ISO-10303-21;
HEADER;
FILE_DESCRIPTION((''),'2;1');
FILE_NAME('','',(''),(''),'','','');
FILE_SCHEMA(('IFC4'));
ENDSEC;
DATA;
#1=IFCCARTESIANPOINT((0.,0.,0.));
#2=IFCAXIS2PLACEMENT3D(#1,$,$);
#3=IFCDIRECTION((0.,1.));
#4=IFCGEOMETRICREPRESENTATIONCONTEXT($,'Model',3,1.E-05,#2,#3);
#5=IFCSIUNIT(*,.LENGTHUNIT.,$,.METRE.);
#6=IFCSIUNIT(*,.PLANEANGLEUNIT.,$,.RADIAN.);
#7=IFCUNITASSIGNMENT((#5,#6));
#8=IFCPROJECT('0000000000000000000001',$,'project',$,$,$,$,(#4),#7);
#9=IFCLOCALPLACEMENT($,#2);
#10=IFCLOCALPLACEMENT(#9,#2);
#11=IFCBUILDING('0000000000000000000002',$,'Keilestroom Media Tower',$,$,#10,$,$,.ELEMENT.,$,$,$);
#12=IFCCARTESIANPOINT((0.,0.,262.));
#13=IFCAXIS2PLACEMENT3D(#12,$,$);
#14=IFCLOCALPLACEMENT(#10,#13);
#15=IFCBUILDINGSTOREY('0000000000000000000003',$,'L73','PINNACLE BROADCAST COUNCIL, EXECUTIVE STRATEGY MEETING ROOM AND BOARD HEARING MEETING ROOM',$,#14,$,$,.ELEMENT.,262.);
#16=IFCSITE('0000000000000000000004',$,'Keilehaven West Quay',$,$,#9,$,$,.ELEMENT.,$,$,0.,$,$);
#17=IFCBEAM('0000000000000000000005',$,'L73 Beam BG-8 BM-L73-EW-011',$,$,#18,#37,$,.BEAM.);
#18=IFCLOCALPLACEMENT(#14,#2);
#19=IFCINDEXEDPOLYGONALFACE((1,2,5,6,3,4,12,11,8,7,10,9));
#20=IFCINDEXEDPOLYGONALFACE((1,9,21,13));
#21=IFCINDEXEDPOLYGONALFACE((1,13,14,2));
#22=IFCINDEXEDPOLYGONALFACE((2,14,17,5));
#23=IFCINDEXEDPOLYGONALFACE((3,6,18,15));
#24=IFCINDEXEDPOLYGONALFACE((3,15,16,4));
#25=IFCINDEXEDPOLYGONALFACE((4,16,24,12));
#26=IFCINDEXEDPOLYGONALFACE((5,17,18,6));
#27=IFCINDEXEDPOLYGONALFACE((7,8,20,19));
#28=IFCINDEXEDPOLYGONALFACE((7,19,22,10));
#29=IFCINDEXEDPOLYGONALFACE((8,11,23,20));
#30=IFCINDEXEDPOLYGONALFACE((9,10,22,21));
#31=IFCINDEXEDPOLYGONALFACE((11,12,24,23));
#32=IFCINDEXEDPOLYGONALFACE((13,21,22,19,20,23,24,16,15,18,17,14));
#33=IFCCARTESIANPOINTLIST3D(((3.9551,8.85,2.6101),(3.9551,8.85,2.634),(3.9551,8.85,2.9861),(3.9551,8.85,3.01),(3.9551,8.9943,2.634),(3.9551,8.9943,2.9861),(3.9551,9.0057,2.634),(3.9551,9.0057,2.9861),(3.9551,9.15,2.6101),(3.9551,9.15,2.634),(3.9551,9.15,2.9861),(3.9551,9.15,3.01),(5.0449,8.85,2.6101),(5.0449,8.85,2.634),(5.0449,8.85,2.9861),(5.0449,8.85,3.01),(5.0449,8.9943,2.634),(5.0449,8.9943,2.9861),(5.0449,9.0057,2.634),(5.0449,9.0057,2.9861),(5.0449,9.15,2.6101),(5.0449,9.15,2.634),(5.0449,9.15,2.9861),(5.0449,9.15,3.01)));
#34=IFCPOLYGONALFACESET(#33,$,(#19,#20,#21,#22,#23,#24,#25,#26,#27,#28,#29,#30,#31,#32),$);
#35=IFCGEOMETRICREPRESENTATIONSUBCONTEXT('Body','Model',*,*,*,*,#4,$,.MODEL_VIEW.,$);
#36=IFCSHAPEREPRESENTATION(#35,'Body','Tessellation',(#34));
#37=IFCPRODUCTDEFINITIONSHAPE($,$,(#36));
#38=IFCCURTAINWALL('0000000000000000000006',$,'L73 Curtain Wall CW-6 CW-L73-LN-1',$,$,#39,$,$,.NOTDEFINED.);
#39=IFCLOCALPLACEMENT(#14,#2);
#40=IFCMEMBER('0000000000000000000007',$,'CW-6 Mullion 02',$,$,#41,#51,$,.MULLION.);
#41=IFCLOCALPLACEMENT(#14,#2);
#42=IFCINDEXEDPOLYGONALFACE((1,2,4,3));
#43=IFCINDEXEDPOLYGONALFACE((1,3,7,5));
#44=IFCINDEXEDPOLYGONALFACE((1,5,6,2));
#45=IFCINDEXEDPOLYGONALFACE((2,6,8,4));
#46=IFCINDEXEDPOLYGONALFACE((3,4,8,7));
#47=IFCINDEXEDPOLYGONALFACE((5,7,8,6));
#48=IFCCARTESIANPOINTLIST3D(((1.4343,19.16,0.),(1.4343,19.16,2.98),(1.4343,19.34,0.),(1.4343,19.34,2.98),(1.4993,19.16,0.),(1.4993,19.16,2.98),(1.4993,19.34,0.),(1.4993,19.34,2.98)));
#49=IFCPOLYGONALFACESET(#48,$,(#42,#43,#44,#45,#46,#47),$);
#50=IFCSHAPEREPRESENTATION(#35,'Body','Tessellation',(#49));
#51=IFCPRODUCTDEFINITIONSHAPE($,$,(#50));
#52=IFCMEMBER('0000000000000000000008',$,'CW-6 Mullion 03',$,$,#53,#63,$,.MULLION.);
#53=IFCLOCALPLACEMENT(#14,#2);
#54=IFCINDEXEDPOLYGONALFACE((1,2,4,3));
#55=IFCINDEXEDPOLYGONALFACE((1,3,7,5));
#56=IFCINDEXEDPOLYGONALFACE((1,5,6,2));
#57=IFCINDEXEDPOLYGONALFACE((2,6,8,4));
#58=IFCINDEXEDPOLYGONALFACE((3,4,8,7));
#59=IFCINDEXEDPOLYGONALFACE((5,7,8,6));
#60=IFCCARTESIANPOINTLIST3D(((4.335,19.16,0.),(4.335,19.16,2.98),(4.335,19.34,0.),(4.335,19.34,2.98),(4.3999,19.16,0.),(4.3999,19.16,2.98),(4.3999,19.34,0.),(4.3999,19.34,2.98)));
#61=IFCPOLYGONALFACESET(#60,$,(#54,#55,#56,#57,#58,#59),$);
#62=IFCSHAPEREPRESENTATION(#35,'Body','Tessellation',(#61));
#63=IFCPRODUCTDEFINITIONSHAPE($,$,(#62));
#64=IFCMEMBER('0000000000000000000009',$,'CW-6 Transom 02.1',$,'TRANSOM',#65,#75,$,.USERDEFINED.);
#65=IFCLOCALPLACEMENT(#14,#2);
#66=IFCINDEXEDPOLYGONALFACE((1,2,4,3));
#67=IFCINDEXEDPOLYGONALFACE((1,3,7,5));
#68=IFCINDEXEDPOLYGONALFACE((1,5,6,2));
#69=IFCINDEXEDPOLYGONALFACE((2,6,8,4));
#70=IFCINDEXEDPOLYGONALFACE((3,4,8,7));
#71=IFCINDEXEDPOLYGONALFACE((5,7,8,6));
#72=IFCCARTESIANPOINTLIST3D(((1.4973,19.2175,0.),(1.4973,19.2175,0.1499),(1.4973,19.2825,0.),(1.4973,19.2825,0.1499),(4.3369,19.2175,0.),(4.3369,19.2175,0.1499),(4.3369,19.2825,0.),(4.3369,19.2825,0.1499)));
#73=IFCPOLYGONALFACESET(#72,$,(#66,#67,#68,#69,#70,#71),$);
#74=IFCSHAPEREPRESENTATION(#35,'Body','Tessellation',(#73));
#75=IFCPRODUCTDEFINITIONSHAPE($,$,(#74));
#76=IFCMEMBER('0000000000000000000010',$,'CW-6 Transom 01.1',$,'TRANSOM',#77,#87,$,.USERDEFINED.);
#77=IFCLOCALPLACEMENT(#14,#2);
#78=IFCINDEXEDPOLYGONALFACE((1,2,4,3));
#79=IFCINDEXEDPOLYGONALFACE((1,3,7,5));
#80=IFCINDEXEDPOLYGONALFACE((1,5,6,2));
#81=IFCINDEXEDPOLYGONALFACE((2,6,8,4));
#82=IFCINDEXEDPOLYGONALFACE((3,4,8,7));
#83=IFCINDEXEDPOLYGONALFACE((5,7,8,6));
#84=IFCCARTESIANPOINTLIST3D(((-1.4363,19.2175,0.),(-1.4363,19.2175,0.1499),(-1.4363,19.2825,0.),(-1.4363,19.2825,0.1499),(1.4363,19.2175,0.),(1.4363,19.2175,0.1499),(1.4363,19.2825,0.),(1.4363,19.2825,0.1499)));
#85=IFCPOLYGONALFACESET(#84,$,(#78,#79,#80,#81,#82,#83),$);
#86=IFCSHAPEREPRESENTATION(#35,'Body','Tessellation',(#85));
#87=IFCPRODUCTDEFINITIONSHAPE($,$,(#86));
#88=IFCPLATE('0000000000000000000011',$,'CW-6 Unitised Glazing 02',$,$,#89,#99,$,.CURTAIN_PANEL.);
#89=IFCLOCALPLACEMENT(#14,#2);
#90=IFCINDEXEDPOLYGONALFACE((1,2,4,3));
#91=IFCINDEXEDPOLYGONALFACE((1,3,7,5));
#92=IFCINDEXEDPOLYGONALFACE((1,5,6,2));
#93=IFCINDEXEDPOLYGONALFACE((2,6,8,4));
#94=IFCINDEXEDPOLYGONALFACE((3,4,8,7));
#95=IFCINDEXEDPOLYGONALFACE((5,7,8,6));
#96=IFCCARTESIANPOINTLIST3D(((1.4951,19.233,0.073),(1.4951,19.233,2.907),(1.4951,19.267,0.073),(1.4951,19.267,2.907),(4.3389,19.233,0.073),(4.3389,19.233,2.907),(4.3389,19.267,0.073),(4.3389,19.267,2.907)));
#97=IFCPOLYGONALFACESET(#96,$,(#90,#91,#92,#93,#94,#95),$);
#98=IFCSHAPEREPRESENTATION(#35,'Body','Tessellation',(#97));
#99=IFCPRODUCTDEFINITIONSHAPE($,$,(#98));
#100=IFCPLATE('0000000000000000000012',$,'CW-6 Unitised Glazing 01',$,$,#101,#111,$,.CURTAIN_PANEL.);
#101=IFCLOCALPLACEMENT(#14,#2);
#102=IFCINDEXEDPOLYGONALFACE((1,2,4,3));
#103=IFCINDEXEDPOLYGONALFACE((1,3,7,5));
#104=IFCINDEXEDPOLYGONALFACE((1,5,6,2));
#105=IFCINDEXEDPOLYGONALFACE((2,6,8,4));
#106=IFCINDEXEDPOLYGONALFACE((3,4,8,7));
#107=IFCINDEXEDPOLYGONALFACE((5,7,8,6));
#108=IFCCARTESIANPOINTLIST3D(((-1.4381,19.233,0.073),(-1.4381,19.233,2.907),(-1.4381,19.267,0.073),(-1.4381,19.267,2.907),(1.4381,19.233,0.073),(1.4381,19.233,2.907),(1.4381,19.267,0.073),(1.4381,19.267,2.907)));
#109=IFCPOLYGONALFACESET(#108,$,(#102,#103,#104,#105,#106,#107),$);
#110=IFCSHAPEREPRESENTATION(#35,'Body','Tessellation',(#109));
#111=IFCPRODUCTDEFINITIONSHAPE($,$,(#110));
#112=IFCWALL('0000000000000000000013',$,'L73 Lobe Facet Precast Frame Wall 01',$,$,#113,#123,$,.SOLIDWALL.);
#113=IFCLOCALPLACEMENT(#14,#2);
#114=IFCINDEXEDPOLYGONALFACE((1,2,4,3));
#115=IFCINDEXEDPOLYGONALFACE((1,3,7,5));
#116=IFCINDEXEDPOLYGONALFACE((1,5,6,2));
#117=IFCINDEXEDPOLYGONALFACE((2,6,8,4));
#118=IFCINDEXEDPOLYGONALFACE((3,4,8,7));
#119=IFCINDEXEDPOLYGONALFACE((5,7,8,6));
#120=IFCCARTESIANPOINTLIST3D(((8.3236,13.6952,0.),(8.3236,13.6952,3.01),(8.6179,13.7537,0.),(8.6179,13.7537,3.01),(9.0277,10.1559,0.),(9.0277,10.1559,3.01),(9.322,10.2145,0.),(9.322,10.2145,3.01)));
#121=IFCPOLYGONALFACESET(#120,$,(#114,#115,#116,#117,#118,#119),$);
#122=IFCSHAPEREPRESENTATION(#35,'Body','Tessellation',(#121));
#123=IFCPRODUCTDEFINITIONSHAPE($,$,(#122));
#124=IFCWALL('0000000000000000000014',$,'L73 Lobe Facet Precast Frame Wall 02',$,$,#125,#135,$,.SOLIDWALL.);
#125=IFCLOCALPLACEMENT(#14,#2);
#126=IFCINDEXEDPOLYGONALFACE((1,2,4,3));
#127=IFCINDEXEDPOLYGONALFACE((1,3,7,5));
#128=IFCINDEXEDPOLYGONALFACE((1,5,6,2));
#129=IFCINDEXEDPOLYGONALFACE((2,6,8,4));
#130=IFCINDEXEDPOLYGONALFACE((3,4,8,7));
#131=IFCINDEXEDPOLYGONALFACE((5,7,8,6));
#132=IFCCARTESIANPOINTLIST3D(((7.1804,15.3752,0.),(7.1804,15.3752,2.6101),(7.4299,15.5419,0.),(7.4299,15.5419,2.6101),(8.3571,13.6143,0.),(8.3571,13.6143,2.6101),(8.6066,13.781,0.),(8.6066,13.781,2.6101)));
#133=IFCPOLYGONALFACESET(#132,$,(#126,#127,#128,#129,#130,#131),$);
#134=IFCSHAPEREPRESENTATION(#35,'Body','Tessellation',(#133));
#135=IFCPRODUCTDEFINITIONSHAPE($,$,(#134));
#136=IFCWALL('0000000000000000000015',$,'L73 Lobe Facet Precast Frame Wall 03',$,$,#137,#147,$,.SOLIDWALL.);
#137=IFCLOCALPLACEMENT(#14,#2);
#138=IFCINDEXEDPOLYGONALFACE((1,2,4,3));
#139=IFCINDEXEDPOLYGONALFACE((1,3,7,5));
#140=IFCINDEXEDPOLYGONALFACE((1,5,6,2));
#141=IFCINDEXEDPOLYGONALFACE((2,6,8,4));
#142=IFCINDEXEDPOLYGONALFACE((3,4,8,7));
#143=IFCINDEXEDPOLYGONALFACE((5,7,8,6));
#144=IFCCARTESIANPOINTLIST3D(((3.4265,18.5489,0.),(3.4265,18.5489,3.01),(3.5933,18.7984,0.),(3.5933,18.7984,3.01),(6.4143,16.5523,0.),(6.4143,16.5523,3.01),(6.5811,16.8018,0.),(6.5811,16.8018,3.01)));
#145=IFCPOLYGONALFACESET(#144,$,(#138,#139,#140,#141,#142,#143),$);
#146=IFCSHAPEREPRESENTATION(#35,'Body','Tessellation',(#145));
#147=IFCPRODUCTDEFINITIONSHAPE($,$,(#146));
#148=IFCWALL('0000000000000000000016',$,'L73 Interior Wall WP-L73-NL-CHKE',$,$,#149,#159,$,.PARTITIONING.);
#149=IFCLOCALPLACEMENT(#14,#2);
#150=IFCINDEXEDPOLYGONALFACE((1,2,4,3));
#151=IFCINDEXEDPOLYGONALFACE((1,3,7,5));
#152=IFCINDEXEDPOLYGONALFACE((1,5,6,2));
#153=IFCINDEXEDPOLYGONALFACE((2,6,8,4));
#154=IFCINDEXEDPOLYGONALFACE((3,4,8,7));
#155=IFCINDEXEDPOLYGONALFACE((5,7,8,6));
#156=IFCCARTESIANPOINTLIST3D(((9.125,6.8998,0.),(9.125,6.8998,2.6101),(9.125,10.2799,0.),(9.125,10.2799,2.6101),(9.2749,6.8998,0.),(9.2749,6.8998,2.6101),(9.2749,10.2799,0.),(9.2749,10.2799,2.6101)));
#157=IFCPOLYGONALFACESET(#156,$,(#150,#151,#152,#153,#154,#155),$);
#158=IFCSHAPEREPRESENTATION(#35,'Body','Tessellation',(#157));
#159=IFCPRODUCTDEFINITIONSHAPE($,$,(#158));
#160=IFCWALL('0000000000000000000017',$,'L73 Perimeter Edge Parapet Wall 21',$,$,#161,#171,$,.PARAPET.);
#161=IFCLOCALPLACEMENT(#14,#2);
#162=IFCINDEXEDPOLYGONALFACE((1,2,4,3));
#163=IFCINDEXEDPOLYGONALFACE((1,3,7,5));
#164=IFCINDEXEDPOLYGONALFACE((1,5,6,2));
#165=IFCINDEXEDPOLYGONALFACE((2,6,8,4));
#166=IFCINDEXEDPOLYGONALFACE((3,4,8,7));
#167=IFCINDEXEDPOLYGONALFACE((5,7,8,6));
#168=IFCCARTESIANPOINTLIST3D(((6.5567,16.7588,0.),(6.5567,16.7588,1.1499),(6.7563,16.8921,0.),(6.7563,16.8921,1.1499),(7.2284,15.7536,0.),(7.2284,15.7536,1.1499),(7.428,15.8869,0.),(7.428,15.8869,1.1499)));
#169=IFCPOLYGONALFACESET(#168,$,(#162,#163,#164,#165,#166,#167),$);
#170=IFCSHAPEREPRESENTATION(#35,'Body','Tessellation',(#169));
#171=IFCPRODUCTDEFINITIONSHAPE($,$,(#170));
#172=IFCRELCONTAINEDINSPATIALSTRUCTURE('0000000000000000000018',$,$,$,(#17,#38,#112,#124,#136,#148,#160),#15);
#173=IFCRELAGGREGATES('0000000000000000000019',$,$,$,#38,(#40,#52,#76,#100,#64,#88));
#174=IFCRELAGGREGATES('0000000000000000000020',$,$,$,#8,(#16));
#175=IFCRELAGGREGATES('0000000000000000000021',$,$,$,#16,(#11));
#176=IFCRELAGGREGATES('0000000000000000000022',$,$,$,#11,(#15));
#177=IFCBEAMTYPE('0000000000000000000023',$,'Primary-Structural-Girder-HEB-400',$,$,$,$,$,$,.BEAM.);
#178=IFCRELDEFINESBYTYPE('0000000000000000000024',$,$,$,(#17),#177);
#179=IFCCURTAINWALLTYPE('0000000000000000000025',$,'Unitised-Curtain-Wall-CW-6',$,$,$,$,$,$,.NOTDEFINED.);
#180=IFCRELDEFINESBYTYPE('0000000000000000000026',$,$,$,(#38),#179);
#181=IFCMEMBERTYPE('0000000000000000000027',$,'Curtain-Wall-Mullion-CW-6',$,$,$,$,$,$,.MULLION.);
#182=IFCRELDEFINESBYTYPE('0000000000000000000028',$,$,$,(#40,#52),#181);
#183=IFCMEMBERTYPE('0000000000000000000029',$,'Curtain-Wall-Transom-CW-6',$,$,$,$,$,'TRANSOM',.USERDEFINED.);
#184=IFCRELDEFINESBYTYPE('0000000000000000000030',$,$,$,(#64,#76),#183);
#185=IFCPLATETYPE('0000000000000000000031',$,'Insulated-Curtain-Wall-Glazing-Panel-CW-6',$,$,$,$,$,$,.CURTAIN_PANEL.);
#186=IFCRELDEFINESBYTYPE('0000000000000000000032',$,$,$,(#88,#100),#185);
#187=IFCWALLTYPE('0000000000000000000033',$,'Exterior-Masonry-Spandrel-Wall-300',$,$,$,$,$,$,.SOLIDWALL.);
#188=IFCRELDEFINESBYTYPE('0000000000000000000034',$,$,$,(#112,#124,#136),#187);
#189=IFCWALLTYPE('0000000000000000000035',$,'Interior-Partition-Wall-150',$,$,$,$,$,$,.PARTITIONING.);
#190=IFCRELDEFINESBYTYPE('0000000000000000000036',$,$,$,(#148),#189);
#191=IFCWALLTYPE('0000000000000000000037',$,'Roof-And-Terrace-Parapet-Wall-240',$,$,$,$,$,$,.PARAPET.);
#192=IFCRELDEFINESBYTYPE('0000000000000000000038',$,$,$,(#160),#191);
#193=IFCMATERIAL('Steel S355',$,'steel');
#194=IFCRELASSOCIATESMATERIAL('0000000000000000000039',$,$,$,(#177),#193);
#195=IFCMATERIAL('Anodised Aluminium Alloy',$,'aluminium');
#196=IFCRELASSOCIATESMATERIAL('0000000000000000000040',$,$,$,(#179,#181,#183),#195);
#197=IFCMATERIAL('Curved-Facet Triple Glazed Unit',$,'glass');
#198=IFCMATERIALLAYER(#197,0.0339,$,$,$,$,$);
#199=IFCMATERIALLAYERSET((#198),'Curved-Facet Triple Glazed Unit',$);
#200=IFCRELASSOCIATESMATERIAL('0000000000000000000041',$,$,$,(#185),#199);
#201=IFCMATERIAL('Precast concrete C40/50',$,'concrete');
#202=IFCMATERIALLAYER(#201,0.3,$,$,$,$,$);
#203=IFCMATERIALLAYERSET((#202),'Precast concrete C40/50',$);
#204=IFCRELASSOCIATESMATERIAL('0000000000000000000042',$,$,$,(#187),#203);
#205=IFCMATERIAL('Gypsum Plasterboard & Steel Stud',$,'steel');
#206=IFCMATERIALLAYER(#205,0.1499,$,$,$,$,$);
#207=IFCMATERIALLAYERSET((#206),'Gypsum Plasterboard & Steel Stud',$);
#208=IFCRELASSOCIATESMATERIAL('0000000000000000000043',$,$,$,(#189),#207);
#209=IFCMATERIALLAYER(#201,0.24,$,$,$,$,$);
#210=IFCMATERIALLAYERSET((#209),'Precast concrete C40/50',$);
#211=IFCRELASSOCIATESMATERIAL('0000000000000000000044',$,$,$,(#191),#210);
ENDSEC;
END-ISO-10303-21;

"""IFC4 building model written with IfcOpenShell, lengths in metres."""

from ifc_helpers import new_model, si_unit, direction, frame, frame_2d, origin, origin_2d, place, context, subcontext, project, spatial, rectangle, i_section, extrude, source, transform, mapped, material, layer, layer_set, material_profile, profile_set, type_object, element, aggregate, save


model = new_model("IFC4")

# Units and contexts
model_context = context("Model", 3, precision=1e-05, world=origin(), true_north=direction((0.0, 1.0)))
body_context = subcontext(model_context, "Body", "Model", "MODEL_VIEW")
ifc_project = project(units=[si_unit("LENGTHUNIT", "METRE"), si_unit("PLANEANGLEUNIT", "RADIAN")], contexts=[model_context])

# Site, building, storey
site_placement = place(None, origin())
site = spatial("IfcSite", under=ifc_project, at=site_placement, Name="Keilehaven West Quay", CompositionType="ELEMENT", RefElevation=0.0)
building_placement = place(site_placement, origin())
building = spatial("IfcBuilding", under=site, at=building_placement, Name="Keilestroom Media Tower", CompositionType="ELEMENT")
storey_placement = place(building_placement, frame((0.0, 0.0, 262.0)))
storey = spatial("IfcBuildingStorey", under=building, at=storey_placement, Name="L73", Description="PINNACLE BROADCAST COUNCIL, EXECUTIVE STRATEGY MEETING ROOM AND BOARD HEARING MEETING ROOM", CompositionType="ELEMENT", Elevation=262.0)

# Shared definitions
ifc_material_1 = material(Name="Steel S355", Category="steel")

# Beam
ifc_material_profile_1 = material_profile(ifc_material_1, i_section(OverallWidth=0.3, OverallDepth=0.3999, WebThickness=0.0115, FlangeThickness=0.0239, at=origin_2d()), Name="HEB 400")
ifc_profile_set_1 = profile_set([ifc_material_profile_1], Name="Steel S355")
beam_type = type_object("IfcBeamType", Name="Primary-Structural-Girder-HEB-400", PredefinedType="BEAM", material=ifc_profile_set_1)
shared_shape_1 = source(origin(), body_context, "Body", "SweptSolid", [
    extrude(i_section(OverallWidth=0.3, OverallDepth=0.3999, WebThickness=0.0115, FlangeThickness=0.0239, at=origin_2d()), origin(), (0.0, 0.0, 1.0), 1.0898),
])
beam_1_placement = place(storey_placement, frame((3.9551, 9.0, 2.8101), z_axis=(1.0, 0.0, 0.0), x_axis=(0.0, 1.0, 0.0)))
element("IfcBeam", 1, at=beam_1_placement, inside=storey, type_object=beam_type, Name="L73 Beam BG-8 BM-L73-EW-011", PredefinedType="BEAM", context=body_context, shape_type="MappedRepresentation", body=[
    mapped(shared_shape_1, transform((0.0, 0.0, 0.0), x_axis=(1.0, 0.0, 0.0), y_axis=(0.0, 1.0, 0.0), z_axis=(0.0, 0.0, 1.0), scale=1.0)),
])

# Curtain wall, members, plates
ifc_material_2 = material(Name="Anodised Aluminium Alloy", Category="aluminium")
curtain_wall_type = type_object("IfcCurtainWallType", Name="Unitised-Curtain-Wall-CW-6", PredefinedType="NOTDEFINED", material=ifc_material_2)
curtain_wall_placement = place(storey_placement, origin())
curtain_wall = element("IfcCurtainWall", 2, at=curtain_wall_placement, inside=storey, type_object=curtain_wall_type, Name="L73 Curtain Wall CW-6 CW-L73-LN-1", PredefinedType="NOTDEFINED")
ifc_material_profile_2 = material_profile(ifc_material_2, rectangle(XDim=0.0649, YDim=0.1799, at=origin_2d()), Name="ALU MULLION 65x180")
ifc_profile_set_2 = profile_set([ifc_material_profile_2], Name="Anodised Aluminium Alloy")
member_type_1 = type_object("IfcMemberType", Name="Curtain-Wall-Mullion-CW-6", PredefinedType="MULLION", material=ifc_profile_set_2)
shared_shape_2 = source(origin(), body_context, "Body", "SweptSolid", [
    extrude(rectangle(XDim=0.0649, YDim=0.1799, at=origin_2d()), origin(), (0.0, 0.0, 1.0), 2.98),
])
member_1_placement = place(storey_placement, frame((1.4668, 19.25, 0.0), z_axis=(0.0, 0.0, 1.0), x_axis=(1.0, 0.0, 0.0)))
member_1 = element("IfcMember", 3, at=member_1_placement, type_object=member_type_1, Name="CW-6 Mullion 02", PredefinedType="MULLION", context=body_context, shape_type="MappedRepresentation", body=[
    mapped(shared_shape_2, transform((0.0, 0.0, 0.0), x_axis=(1.0, 0.0, 0.0), y_axis=(0.0, 1.0, 0.0), z_axis=(0.0, 0.0, 1.0), scale=1.0)),
])
member_2_placement = place(storey_placement, frame((4.3674, 19.25, 0.0), z_axis=(0.0, 0.0, 1.0), x_axis=(1.0, 0.0, 0.0)))
member_2 = element("IfcMember", 4, at=member_2_placement, type_object=member_type_1, Name="CW-6 Mullion 03", PredefinedType="MULLION", context=body_context, shape_type="MappedRepresentation", body=[
    mapped(shared_shape_2, transform((0.0, 0.0, 0.0), x_axis=(1.0, 0.0, 0.0), y_axis=(0.0, 1.0, 0.0), z_axis=(0.0, 0.0, 1.0), scale=1.0)),
])
ifc_material_profile_3 = material_profile(ifc_material_2, rectangle(XDim=0.0649, YDim=0.1499, at=origin_2d()), Name="ALU TRANSOM 65x150")
ifc_profile_set_3 = profile_set([ifc_material_profile_3], Name="Anodised Aluminium Alloy")
member_type_2 = type_object("IfcMemberType", Name="Curtain-Wall-Transom-CW-6", ElementType="TRANSOM", PredefinedType="USERDEFINED", material=ifc_profile_set_3)
shared_shape_3 = source(origin(), body_context, "Body", "SweptSolid", [
    extrude(rectangle(XDim=0.0649, YDim=0.1499, at=origin_2d()), origin(), (0.0, 0.0, 1.0), 2.8396),
])
member_3_placement = place(storey_placement, frame((1.4973, 19.25, 0.075), z_axis=(1.0, 0.0, 0.0), x_axis=(0.0, 1.0, 0.0)))
member_3 = element("IfcMember", 5, at=member_3_placement, type_object=member_type_2, Name="CW-6 Transom 02.1", ObjectType="TRANSOM", PredefinedType="USERDEFINED", context=body_context, shape_type="MappedRepresentation", body=[
    mapped(shared_shape_3, transform((0.0, 0.0, 0.0), x_axis=(1.0, 0.0, 0.0), y_axis=(0.0, 1.0, 0.0), z_axis=(0.0, 0.0, 1.0), scale=1.0)),
])
shared_shape_4 = source(origin(), body_context, "Body", "SweptSolid", [
    extrude(rectangle(XDim=0.0649, YDim=0.1499, at=origin_2d()), origin(), (0.0, 0.0, 1.0), 2.8726),
])
member_4_placement = place(storey_placement, frame((-1.4363, 19.25, 0.075), z_axis=(1.0, 0.0, 0.0), x_axis=(0.0, 1.0, 0.0)))
member_4 = element("IfcMember", 6, at=member_4_placement, type_object=member_type_2, Name="CW-6 Transom 01.1", ObjectType="TRANSOM", PredefinedType="USERDEFINED", context=body_context, shape_type="MappedRepresentation", body=[
    mapped(shared_shape_4, transform((0.0, 0.0, 0.0), x_axis=(1.0, 0.0, 0.0), y_axis=(0.0, 1.0, 0.0), z_axis=(0.0, 0.0, 1.0), scale=1.0)),
])
ifc_material_3 = material(Name="Curved-Facet Triple Glazed Unit", Category="glass")
ifc_layer_1 = layer(ifc_material_3, 0.0339)
ifc_layer_set_1 = layer_set([ifc_layer_1], Name="Curved-Facet Triple Glazed Unit")
plate_type = type_object("IfcPlateType", Name="Insulated-Curtain-Wall-Glazing-Panel-CW-6", PredefinedType="CURTAIN_PANEL", material=ifc_layer_set_1)
shared_shape_5 = source(origin(), body_context, "Body", "SweptSolid", [
    extrude(rectangle(XDim=2.8438, YDim=0.0339, at=origin_2d()), origin(), (0.0, 0.0, 1.0), 2.834),
])
plate_1_placement = place(storey_placement, frame((2.917, 19.25, 0.073), z_axis=(0.0, 0.0, 1.0), x_axis=(1.0, 0.0, 0.0)))
plate_1 = element("IfcPlate", 7, at=plate_1_placement, type_object=plate_type, Name="CW-6 Unitised Glazing 02", PredefinedType="CURTAIN_PANEL", context=body_context, shape_type="MappedRepresentation", body=[
    mapped(shared_shape_5, transform((0.0, 0.0, 0.0), x_axis=(1.0, 0.0, 0.0), y_axis=(0.0, 1.0, 0.0), z_axis=(0.0, 0.0, 1.0), scale=1.0)),
])
shared_shape_6 = source(origin(), body_context, "Body", "SweptSolid", [
    extrude(rectangle(XDim=2.8762, YDim=0.0339, at=origin_2d()), origin(), (0.0, 0.0, 1.0), 2.834),
])
plate_2_placement = place(storey_placement, frame((0.0, 19.25, 0.073), z_axis=(0.0, 0.0, 1.0), x_axis=(1.0, 0.0, 0.0)))
plate_2 = element("IfcPlate", 8, at=plate_2_placement, type_object=plate_type, Name="CW-6 Unitised Glazing 01", PredefinedType="CURTAIN_PANEL", context=body_context, shape_type="MappedRepresentation", body=[
    mapped(shared_shape_6, transform((0.0, 0.0, 0.0), x_axis=(1.0, 0.0, 0.0), y_axis=(0.0, 1.0, 0.0), z_axis=(0.0, 0.0, 1.0), scale=1.0)),
])
aggregate(curtain_wall, [member_1, member_2, member_4, plate_2, member_3, plate_1])

# Walls
ifc_material_4 = material(Name="Precast concrete C40/50", Category="concrete")
ifc_layer_2 = layer(ifc_material_4, 0.3)
ifc_layer_set_2 = layer_set([ifc_layer_2], Name="Precast concrete C40/50")
wall_type_1 = type_object("IfcWallType", Name="Exterior-Masonry-Spandrel-Wall-300", PredefinedType="SOLIDWALL", material=ifc_layer_set_2)
wall_1_placement = place(storey_placement, frame((9.1748, 10.1853, 0.0), z_axis=(0.0, 0.0, 1.0), x_axis=(-0.195114, 0.980781, 0.0)))
element("IfcWall", 9, at=wall_1_placement, inside=storey, type_object=wall_type_1, Name="L73 Lobe Facet Precast Frame Wall 01", PredefinedType="SOLIDWALL", context=body_context, shape_type="SweptSolid", body=[
    extrude(rectangle(XDim=3.6086, YDim=0.3, at=frame_2d((1.8042, 0.0))), origin(), (0.0, 0.0, 1.0), 3.01),
])
wall_2_placement = place(storey_placement, frame((8.4819, 13.6975, 0.0), z_axis=(0.0, 0.0, 1.0), x_axis=(-0.555604, 0.831447, 0.0)))
element("IfcWall", 10, at=wall_2_placement, inside=storey, type_object=wall_type_1, Name="L73 Lobe Facet Precast Frame Wall 02", PredefinedType="SOLIDWALL", context=body_context, shape_type="SweptSolid", body=[
    extrude(rectangle(XDim=2.1179, YDim=0.3, at=frame_2d((1.0591, 0.0))), origin(), (0.0, 0.0, 1.0), 2.6101),
])
wall_3_placement = place(storey_placement, frame((6.4978, 16.677, 0.0), z_axis=(0.0, 0.0, 1.0), x_axis=(-0.831444, 0.555609, 0.0)))
element("IfcWall", 11, at=wall_3_placement, inside=storey, type_object=wall_type_1, Name="L73 Lobe Facet Precast Frame Wall 03", PredefinedType="SOLIDWALL", context=body_context, shape_type="SweptSolid", body=[
    extrude(rectangle(XDim=3.5935, YDim=0.3, at=frame_2d((1.7969, 0.0))), origin(), (0.0, 0.0, 1.0), 3.01),
])
ifc_material_5 = material(Name="Gypsum Plasterboard & Steel Stud", Category="steel")
ifc_layer_3 = layer(ifc_material_5, 0.1499)
ifc_layer_set_3 = layer_set([ifc_layer_3], Name="Gypsum Plasterboard & Steel Stud")
wall_type_2 = type_object("IfcWallType", Name="Interior-Partition-Wall-150", PredefinedType="PARTITIONING", material=ifc_layer_set_3)
wall_4_placement = place(storey_placement, frame((9.2, 6.8999, 0.0), z_axis=(0.0, 0.0, 1.0), x_axis=(0.0, 1.0, 0.0)))
element("IfcWall", 12, at=wall_4_placement, inside=storey, type_object=wall_type_2, Name="L73 Interior Wall WP-L73-NL-CHKE", PredefinedType="PARTITIONING", context=body_context, shape_type="SweptSolid", body=[
    extrude(rectangle(XDim=3.3801, YDim=0.1499, at=frame_2d((1.6899, 0.0))), origin(), (0.0, 0.0, 1.0), 2.6101),
])
ifc_layer_4 = layer(ifc_material_4, 0.24)
ifc_layer_set_4 = layer_set([ifc_layer_4], Name="Precast concrete C40/50")
wall_type_3 = type_object("IfcWallType", Name="Roof-And-Terrace-Parapet-Wall-240", PredefinedType="PARAPET", material=ifc_layer_set_4)
wall_5_placement = place(storey_placement, frame((6.6565, 16.8254, 0.0), z_axis=(0.0, 0.0, 1.0), x_axis=(0.555585, -0.831459, 0.0)))
element("IfcWall", 13, at=wall_5_placement, inside=storey, type_object=wall_type_3, Name="L73 Perimeter Edge Parapet Wall 21", PredefinedType="PARAPET", context=body_context, shape_type="SweptSolid", body=[
    extrude(rectangle(XDim=1.209, YDim=0.24, at=frame_2d((0.6045, 0.0))), origin(), (0.0, 0.0, 1.0), 1.1499),
])

save(model, "model.ifc")
